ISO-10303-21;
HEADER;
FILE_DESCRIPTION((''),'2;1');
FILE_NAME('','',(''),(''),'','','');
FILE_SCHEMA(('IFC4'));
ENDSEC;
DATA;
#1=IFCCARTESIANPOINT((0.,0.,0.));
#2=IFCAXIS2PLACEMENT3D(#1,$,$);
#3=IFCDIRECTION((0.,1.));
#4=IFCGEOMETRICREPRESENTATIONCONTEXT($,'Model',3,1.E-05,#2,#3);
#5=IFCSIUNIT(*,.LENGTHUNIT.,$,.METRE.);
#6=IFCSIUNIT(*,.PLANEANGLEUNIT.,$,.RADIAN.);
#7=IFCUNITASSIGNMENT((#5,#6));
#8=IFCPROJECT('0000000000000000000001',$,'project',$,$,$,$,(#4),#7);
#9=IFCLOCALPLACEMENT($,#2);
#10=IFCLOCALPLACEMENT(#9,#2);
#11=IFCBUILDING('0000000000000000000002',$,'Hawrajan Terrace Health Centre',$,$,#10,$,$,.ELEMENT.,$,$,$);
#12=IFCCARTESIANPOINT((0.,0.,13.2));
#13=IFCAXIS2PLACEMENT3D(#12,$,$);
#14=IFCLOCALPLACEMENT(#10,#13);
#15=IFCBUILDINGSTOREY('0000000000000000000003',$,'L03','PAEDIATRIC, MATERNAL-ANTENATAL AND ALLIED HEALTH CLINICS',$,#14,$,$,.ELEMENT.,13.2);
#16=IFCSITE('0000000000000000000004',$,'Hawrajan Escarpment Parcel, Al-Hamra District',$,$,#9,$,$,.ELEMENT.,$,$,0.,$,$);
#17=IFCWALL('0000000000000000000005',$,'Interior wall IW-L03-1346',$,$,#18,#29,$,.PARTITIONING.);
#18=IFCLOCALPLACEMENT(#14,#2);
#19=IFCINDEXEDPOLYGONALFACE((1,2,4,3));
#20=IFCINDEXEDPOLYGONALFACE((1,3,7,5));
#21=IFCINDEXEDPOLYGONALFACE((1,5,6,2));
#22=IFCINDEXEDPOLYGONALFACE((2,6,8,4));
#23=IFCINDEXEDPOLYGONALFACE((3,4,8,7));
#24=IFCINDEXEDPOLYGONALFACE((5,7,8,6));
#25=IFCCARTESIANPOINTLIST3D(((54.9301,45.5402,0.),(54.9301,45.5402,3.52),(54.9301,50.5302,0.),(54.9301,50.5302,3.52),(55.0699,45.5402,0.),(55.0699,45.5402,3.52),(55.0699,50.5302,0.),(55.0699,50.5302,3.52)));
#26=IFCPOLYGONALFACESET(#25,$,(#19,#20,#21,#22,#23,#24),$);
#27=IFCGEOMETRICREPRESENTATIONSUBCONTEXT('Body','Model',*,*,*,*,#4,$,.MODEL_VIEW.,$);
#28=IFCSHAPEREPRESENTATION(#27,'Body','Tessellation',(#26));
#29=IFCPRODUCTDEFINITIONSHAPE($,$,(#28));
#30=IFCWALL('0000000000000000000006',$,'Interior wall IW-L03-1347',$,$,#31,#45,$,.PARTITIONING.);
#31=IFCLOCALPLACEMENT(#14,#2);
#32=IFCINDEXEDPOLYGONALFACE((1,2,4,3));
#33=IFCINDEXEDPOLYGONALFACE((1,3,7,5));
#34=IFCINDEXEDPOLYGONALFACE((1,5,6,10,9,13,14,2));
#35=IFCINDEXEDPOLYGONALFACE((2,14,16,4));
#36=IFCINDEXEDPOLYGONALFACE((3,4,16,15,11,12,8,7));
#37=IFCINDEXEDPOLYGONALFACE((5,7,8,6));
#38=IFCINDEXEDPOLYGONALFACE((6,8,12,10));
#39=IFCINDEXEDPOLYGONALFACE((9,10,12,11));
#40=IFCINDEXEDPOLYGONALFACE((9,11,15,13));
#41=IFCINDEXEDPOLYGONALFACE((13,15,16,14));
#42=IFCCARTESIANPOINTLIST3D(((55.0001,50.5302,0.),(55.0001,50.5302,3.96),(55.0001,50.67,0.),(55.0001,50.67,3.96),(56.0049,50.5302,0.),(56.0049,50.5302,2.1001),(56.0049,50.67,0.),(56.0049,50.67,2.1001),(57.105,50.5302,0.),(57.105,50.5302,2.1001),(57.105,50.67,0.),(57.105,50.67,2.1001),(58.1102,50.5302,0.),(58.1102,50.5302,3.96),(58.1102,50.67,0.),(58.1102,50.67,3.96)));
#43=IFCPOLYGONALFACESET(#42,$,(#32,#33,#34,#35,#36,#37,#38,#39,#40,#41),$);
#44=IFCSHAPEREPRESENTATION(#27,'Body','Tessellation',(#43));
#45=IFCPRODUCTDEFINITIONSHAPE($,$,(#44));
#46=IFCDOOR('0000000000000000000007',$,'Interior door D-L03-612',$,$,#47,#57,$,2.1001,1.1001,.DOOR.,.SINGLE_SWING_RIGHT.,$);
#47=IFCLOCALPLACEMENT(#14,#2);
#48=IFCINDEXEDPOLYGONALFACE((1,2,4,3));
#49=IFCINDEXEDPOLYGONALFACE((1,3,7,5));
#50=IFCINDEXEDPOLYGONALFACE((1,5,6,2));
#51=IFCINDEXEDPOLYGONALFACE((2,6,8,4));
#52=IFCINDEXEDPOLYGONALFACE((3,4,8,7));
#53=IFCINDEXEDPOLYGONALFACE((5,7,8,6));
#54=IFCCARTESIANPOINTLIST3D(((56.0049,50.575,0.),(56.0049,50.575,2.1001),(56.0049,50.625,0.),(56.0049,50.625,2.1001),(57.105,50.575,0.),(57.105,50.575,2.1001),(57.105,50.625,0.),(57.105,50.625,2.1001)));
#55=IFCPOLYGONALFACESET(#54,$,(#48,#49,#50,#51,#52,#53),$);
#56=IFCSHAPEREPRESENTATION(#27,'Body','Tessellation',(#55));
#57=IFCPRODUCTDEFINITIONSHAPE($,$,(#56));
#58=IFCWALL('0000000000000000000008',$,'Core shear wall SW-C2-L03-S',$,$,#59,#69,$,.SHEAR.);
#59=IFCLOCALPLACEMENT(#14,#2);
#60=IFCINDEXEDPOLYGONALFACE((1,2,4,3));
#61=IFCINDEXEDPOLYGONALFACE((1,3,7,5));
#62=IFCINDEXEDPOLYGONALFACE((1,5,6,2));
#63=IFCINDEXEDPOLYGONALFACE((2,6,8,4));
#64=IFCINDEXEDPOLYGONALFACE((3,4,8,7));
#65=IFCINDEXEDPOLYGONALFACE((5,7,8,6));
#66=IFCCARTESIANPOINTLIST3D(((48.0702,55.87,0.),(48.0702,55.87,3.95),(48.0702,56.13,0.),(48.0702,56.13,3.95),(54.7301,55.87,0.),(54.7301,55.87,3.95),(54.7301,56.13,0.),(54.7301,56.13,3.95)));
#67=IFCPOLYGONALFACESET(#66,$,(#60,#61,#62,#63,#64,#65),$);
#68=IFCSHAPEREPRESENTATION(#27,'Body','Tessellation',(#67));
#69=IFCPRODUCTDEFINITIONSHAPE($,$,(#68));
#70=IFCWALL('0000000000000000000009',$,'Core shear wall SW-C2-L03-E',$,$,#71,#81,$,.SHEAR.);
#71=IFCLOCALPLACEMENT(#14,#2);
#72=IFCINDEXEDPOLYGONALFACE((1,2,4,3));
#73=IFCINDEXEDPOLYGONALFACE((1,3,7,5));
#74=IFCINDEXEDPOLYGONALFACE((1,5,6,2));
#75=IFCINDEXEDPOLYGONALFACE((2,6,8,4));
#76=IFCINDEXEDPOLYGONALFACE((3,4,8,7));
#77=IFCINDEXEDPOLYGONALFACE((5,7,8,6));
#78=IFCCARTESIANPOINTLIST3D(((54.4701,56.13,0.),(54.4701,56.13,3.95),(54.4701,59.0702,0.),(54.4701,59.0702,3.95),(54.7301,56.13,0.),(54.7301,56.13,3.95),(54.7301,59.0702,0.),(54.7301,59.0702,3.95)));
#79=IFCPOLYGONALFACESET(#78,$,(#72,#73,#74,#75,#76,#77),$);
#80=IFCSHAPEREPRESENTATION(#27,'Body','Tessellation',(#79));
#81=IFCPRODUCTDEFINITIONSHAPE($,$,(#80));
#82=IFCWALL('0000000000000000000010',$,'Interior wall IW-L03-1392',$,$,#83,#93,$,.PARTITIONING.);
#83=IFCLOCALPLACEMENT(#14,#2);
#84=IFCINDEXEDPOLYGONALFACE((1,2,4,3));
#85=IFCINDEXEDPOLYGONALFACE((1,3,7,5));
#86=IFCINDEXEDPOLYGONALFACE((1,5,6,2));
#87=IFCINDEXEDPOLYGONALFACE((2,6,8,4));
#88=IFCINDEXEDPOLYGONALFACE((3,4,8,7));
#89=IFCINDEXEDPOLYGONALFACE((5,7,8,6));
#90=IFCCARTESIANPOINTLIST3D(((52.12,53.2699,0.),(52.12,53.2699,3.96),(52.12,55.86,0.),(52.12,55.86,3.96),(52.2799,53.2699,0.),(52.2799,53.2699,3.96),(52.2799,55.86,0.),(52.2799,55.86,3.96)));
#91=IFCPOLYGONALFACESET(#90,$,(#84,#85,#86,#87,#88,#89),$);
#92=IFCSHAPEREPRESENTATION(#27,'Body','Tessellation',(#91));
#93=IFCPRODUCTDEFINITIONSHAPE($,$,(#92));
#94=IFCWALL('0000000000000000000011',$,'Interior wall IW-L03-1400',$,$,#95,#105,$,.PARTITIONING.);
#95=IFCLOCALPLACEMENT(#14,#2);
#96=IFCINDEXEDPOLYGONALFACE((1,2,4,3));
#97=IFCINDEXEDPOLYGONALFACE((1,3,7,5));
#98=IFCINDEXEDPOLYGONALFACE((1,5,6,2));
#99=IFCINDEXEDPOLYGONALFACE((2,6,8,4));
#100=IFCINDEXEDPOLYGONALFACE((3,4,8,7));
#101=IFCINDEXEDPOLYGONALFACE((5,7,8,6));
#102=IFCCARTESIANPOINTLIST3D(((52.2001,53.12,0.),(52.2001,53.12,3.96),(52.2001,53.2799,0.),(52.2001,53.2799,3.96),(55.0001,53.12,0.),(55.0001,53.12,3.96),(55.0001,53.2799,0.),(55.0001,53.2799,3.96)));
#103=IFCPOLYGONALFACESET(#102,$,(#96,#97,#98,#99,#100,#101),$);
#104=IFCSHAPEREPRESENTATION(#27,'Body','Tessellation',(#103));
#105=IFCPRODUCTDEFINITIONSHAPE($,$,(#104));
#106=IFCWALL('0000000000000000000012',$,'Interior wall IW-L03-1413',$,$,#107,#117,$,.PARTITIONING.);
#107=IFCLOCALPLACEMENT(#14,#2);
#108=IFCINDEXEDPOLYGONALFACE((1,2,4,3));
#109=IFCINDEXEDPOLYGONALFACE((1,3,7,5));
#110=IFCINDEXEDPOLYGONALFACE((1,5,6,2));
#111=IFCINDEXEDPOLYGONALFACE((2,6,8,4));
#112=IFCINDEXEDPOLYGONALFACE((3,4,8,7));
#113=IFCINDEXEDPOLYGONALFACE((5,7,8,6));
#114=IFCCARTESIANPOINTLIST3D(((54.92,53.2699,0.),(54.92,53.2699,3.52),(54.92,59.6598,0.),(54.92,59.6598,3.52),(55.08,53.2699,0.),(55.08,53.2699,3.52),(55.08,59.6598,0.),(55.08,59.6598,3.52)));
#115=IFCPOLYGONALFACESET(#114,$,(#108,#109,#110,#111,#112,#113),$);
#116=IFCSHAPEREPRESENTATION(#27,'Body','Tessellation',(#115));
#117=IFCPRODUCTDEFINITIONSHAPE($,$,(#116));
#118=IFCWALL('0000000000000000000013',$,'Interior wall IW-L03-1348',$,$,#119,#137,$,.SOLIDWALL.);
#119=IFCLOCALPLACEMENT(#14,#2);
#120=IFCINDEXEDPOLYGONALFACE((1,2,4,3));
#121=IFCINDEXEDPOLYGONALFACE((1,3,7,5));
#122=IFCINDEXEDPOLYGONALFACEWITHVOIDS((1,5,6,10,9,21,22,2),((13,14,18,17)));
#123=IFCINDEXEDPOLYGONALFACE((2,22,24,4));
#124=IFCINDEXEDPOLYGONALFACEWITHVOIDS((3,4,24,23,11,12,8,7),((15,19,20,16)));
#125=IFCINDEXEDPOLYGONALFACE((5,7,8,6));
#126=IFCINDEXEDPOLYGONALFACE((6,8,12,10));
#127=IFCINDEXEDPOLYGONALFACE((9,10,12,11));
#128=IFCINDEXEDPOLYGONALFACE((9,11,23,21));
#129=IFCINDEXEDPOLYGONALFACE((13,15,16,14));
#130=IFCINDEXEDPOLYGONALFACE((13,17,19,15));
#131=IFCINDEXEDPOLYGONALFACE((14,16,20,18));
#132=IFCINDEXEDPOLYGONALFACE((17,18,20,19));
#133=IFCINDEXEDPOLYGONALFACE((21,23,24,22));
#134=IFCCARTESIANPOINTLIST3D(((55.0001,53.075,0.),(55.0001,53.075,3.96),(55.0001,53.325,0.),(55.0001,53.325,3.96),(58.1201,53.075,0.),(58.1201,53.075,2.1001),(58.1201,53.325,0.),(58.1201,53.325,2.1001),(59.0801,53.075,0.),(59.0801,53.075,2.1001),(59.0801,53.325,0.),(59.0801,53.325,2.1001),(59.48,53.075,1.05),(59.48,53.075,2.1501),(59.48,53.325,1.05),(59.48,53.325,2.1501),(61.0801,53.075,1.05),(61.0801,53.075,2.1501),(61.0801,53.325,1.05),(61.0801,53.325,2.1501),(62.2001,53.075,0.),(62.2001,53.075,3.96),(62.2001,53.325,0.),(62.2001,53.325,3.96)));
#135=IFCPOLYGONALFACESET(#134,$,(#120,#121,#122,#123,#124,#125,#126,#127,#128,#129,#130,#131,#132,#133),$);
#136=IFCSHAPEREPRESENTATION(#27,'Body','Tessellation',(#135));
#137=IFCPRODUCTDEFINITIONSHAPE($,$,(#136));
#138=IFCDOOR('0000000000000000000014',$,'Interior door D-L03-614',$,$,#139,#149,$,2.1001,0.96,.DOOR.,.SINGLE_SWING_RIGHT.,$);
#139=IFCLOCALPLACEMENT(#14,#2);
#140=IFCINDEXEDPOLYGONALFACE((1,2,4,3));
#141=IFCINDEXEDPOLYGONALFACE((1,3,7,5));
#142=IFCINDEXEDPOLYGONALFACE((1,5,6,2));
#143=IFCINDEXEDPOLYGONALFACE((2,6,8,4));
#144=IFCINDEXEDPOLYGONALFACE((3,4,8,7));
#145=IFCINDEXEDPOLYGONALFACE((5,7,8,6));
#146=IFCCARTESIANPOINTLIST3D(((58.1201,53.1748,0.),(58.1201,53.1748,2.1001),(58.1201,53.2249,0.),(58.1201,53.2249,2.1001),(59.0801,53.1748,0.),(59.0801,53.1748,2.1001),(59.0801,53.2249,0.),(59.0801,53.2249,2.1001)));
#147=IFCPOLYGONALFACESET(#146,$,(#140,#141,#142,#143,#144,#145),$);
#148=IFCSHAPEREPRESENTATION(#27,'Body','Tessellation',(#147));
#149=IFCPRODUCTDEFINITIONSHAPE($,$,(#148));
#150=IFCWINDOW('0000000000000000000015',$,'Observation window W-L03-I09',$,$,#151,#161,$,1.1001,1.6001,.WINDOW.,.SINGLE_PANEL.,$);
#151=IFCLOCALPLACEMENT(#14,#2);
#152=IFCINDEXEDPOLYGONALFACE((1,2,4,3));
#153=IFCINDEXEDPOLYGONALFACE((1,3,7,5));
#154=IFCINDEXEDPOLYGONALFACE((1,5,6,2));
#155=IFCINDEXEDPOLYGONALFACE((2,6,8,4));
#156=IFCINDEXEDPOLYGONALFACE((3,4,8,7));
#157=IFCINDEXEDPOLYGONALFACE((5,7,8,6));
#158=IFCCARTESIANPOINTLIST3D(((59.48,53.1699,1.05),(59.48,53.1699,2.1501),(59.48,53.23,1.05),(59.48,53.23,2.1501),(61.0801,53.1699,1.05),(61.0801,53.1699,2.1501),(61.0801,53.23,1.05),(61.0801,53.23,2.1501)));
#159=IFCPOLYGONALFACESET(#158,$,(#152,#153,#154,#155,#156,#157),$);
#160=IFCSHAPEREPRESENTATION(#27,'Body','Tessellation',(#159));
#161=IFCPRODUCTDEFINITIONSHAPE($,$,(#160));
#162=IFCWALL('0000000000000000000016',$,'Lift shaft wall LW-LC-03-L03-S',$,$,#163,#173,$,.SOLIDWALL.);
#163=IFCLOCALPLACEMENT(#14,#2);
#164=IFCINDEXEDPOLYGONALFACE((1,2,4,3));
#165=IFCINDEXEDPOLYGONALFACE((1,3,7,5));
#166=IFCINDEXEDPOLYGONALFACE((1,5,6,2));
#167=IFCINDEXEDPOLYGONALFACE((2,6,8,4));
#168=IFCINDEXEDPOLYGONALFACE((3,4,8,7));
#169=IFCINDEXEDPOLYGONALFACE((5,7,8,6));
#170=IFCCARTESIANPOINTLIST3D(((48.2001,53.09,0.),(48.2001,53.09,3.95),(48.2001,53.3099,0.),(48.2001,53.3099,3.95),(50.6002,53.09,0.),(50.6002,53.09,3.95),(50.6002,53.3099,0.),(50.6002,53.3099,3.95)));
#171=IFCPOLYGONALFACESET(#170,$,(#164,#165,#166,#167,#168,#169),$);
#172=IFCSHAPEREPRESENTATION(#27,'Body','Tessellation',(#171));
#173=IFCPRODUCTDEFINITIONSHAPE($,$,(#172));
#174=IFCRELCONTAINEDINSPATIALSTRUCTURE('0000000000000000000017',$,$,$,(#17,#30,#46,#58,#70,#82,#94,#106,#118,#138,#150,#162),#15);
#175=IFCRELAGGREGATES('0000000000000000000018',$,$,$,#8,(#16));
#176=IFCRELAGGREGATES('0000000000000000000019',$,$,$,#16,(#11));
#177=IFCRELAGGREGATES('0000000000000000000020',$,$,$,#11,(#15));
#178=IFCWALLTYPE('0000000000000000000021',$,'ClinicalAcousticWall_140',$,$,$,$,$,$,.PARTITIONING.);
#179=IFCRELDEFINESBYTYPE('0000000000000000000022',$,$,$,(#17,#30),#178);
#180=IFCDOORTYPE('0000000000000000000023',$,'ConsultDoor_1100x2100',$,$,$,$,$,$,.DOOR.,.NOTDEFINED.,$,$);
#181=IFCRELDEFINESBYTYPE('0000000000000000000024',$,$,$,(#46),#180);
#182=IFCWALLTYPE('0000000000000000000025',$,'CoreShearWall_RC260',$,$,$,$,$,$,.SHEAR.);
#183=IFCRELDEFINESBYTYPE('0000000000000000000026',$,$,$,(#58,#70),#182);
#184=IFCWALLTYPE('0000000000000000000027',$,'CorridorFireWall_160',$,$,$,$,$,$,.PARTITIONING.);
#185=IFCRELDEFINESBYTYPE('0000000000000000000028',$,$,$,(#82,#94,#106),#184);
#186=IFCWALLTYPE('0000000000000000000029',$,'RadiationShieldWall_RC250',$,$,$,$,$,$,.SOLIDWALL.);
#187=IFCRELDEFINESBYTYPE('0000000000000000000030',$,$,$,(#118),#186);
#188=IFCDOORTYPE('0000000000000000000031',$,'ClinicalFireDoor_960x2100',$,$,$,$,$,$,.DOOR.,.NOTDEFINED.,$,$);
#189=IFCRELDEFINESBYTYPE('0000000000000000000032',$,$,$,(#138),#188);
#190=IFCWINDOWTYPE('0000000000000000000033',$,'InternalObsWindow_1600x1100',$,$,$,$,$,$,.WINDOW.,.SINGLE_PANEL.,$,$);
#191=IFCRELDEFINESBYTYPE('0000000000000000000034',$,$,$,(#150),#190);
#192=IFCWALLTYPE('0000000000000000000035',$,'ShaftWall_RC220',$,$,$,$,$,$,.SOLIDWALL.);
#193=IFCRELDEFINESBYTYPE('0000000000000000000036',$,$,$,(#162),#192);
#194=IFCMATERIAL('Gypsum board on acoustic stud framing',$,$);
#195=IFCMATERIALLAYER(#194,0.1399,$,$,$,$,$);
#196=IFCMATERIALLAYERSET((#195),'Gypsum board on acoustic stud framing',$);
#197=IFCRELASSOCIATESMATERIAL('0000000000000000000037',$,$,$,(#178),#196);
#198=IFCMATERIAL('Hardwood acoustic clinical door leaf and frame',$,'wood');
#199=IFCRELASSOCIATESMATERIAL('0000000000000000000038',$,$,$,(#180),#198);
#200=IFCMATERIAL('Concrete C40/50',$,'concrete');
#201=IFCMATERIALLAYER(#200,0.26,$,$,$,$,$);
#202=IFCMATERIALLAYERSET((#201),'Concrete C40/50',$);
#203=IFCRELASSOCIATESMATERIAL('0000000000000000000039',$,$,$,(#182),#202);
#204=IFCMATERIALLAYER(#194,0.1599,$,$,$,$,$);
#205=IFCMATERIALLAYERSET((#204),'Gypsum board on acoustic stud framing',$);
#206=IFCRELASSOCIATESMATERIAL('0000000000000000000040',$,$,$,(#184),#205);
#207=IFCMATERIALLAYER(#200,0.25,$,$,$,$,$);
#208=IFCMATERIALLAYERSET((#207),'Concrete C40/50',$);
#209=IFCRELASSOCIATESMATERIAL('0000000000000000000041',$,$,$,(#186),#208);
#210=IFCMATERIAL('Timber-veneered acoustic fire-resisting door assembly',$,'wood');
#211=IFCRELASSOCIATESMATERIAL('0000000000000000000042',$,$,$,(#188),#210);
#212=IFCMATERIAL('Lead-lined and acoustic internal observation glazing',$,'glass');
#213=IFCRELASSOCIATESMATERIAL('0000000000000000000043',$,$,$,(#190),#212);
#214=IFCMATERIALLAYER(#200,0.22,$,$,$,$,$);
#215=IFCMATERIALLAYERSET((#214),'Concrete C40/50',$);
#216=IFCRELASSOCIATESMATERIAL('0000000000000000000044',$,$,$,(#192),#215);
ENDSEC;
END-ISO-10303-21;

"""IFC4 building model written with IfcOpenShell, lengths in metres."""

from ifc_helpers import new_model, si_unit, direction, frame, frame_2d, origin, place, context, subcontext, project, spatial, rectangle, extrude, material, layer, layer_set, type_object, element, fill, save


model = new_model("IFC4")

# Units and contexts
model_context = context("Model", 3, precision=1e-05, world=origin(), true_north=direction((0.0, 1.0)))
body_context = subcontext(model_context, "Body", "Model", "MODEL_VIEW")
ifc_project = project(units=[si_unit("LENGTHUNIT", "METRE"), si_unit("PLANEANGLEUNIT", "RADIAN")], contexts=[model_context])

# Site, building, storey
site_placement = place(None, origin())
site = spatial("IfcSite", under=ifc_project, at=site_placement, Name="Hawrajan Escarpment Parcel, Al-Hamra District", CompositionType="ELEMENT", RefElevation=0.0)
building_placement = place(site_placement, origin())
building = spatial("IfcBuilding", under=site, at=building_placement, Name="Hawrajan Terrace Health Centre", CompositionType="ELEMENT")
storey_placement = place(building_placement, frame((0.0, 0.0, 13.2)))
storey = spatial("IfcBuildingStorey", under=building, at=storey_placement, Name="L03", Description="PAEDIATRIC, MATERNAL-ANTENATAL AND ALLIED HEALTH CLINICS", CompositionType="ELEMENT", Elevation=13.2)

# Shared definitions
ifc_material_1 = material(Name="Gypsum board on acoustic stud framing")
ifc_layer_1 = layer(ifc_material_1, 0.1399)
ifc_layer_set_1 = layer_set([ifc_layer_1], Name="Gypsum board on acoustic stud framing")
wall_type_1 = type_object("IfcWallType", Name="ClinicalAcousticWall_140", PredefinedType="PARTITIONING", material=ifc_layer_set_1)
ifc_material_2 = material(Name="Hardwood acoustic clinical door leaf and frame", Category="wood")

# Wall
wall_1_placement = place(storey_placement, frame((55.0, 45.54, 0.0), z_axis=(0.0, 0.0, 1.0), x_axis=(0.0, 1.0, 0.0)))
element("IfcWall", 1, at=wall_1_placement, inside=storey, type_object=wall_type_1, Name="Interior wall IW-L03-1346", PredefinedType="PARTITIONING", context=body_context, shape_type="SweptSolid", body=[
    extrude(rectangle(XDim=4.99, YDim=0.1399, at=frame_2d((2.4951, 0.0))), origin(), (0.0, 0.0, 1.0), 3.52),
])

# Wall, opening, door
wall_2_placement = place(storey_placement, frame((55.0, 50.6001, 0.0), z_axis=(0.0, 0.0, 1.0), x_axis=(1.0, 0.0, 0.0)))
wall_2 = element("IfcWall", 2, at=wall_2_placement, inside=storey, type_object=wall_type_1, Name="Interior wall IW-L03-1347", PredefinedType="PARTITIONING", context=body_context, shape_type="SweptSolid", body=[
    extrude(rectangle(XDim=3.1101, YDim=0.1399, at=frame_2d((1.5552, 0.0))), origin(), (0.0, 0.0, 1.0), 3.96),
])
opening_1_placement = place(wall_2_placement, frame((1.0049, 0.0, 0.0)))
opening_1 = element("IfcOpeningElement", 3, at=opening_1_placement, cuts=wall_2, PredefinedType="OPENING", context=body_context, shape_type="SweptSolid", body=[
    extrude(rectangle(XDim=1.1001, YDim=2.1001, at=frame_2d((0.55, 1.05))), frame((0.0, 0.0798, 0.0), z_axis=(0.0, -1.0, 0.0), x_axis=(1.0, 0.0, 0.0)), (0.0, 0.0, 1.0), 0.1599),
])
door_type_1 = type_object("IfcDoorType", Name="ConsultDoor_1100x2100", OperationType="NOTDEFINED", PredefinedType="DOOR", material=ifc_material_2)
door_1_placement = place(opening_1_placement, origin())
door_1 = element("IfcDoor", 4, at=door_1_placement, inside=storey, type_object=door_type_1, Name="Interior door D-L03-612", OperationType="SINGLE_SWING_RIGHT", OverallHeight=2.1001, OverallWidth=1.1001, PredefinedType="DOOR", context=body_context, shape_type="SweptSolid", body=[
    extrude(rectangle(XDim=1.1001, YDim=2.1001, at=frame_2d((0.55, 1.05))), frame((0.0, 0.0249, 0.0), z_axis=(0.0, -1.0, 0.0), x_axis=(1.0, 0.0, 0.0)), (0.0, 0.0, 1.0), 0.05),
])
fill(opening_1, door_1)

# Wall
ifc_material_3 = material(Name="Concrete C40/50", Category="concrete")
ifc_layer_2 = layer(ifc_material_3, 0.26)
ifc_layer_set_2 = layer_set([ifc_layer_2], Name="Concrete C40/50")
wall_type_2 = type_object("IfcWallType", Name="CoreShearWall_RC260", PredefinedType="SHEAR", material=ifc_layer_set_2)
wall_3_placement = place(storey_placement, frame((48.0701, 56.0, 0.0), z_axis=(0.0, 0.0, 1.0), x_axis=(1.0, 0.0, 0.0)))
element("IfcWall", 5, at=wall_3_placement, inside=storey, type_object=wall_type_2, Name="Core shear wall SW-C2-L03-S", PredefinedType="SHEAR", context=body_context, shape_type="SweptSolid", body=[
    extrude(rectangle(XDim=6.6599, YDim=0.26, at=frame_2d((3.3301, 0.0))), origin(), (0.0, 0.0, 1.0), 3.95),
])

# Shared definitions
ifc_material_4 = material(Name="Timber-veneered acoustic fire-resisting door assembly", Category="wood")

# Walls
wall_4_placement = place(storey_placement, frame((54.6001, 56.1299, 0.0), z_axis=(0.0, 0.0, 1.0), x_axis=(0.0, 1.0, 0.0)))
element("IfcWall", 6, at=wall_4_placement, inside=storey, type_object=wall_type_2, Name="Core shear wall SW-C2-L03-E", PredefinedType="SHEAR", context=body_context, shape_type="SweptSolid", body=[
    extrude(rectangle(XDim=2.9402, YDim=0.26, at=frame_2d((1.4702, 0.0))), origin(), (0.0, 0.0, 1.0), 3.95),
])
ifc_layer_3 = layer(ifc_material_1, 0.1599)
ifc_layer_set_3 = layer_set([ifc_layer_3], Name="Gypsum board on acoustic stud framing")
wall_type_3 = type_object("IfcWallType", Name="CorridorFireWall_160", PredefinedType="PARTITIONING", material=ifc_layer_set_3)
wall_5_placement = place(storey_placement, frame((52.2, 53.27, 0.0), z_axis=(0.0, 0.0, 1.0), x_axis=(0.0, 1.0, 0.0)))
element("IfcWall", 7, at=wall_5_placement, inside=storey, type_object=wall_type_3, Name="Interior wall IW-L03-1392", PredefinedType="PARTITIONING", context=body_context, shape_type="SweptSolid", body=[
    extrude(rectangle(XDim=2.5901, YDim=0.1599, at=frame_2d((1.2949, 0.0))), origin(), (0.0, 0.0, 1.0), 3.96),
])
wall_6_placement = place(storey_placement, frame((55.0, 53.2, 0.0), z_axis=(0.0, 0.0, 1.0), x_axis=(-1.0, 0.0, 0.0)))
element("IfcWall", 8, at=wall_6_placement, inside=storey, type_object=wall_type_3, Name="Interior wall IW-L03-1400", PredefinedType="PARTITIONING", context=body_context, shape_type="SweptSolid", body=[
    extrude(rectangle(XDim=2.8, YDim=0.1599, at=frame_2d((1.3999, 0.0))), origin(), (0.0, 0.0, 1.0), 3.96),
])
wall_7_placement = place(storey_placement, frame((55.0, 53.27, 0.0), z_axis=(0.0, 0.0, 1.0), x_axis=(0.0, 1.0, 0.0)))
element("IfcWall", 9, at=wall_7_placement, inside=storey, type_object=wall_type_3, Name="Interior wall IW-L03-1413", PredefinedType="PARTITIONING", context=body_context, shape_type="SweptSolid", body=[
    extrude(rectangle(XDim=6.3899, YDim=0.1599, at=frame_2d((3.1948, 0.0))), origin(), (0.0, 0.0, 1.0), 3.52),
])

# Wall, openings, door, window
ifc_layer_4 = layer(ifc_material_3, 0.25)
ifc_layer_set_4 = layer_set([ifc_layer_4], Name="Concrete C40/50")
wall_type_4 = type_object("IfcWallType", Name="RadiationShieldWall_RC250", PredefinedType="SOLIDWALL", material=ifc_layer_set_4)
wall_8_placement = place(storey_placement, frame((55.0, 53.2, 0.0), z_axis=(0.0, 0.0, 1.0), x_axis=(1.0, 0.0, 0.0)))
wall_8 = element("IfcWall", 10, at=wall_8_placement, inside=storey, type_object=wall_type_4, Name="Interior wall IW-L03-1348", PredefinedType="SOLIDWALL", context=body_context, shape_type="SweptSolid", body=[
    extrude(rectangle(XDim=7.2, YDim=0.25, at=frame_2d((3.6001, 0.0))), origin(), (0.0, 0.0, 1.0), 3.96),
])
opening_2_placement = place(wall_8_placement, frame((3.1201, 0.0, 0.0)))
opening_2 = element("IfcOpeningElement", 11, at=opening_2_placement, cuts=wall_8, PredefinedType="OPENING", context=body_context, shape_type="SweptSolid", body=[
    extrude(rectangle(XDim=0.96, YDim=2.1001, at=frame_2d((0.48, 1.05))), frame((0.0, 0.135, 0.0), z_axis=(0.0, -1.0, 0.0), x_axis=(1.0, 0.0, 0.0)), (0.0, 0.0, 1.0), 0.27),
])
opening_3_placement = place(wall_8_placement, frame((4.48, 0.0, 1.05)))
opening_3 = element("IfcOpeningElement", 12, at=opening_3_placement, cuts=wall_8, PredefinedType="OPENING", context=body_context, shape_type="SweptSolid", body=[
    extrude(rectangle(XDim=1.6001, YDim=1.1001, at=frame_2d((0.8, 0.55))), frame((0.0, 0.135, 0.0), z_axis=(0.0, -1.0, 0.0), x_axis=(1.0, 0.0, 0.0)), (0.0, 0.0, 1.0), 0.27),
])
door_type_2 = type_object("IfcDoorType", Name="ClinicalFireDoor_960x2100", OperationType="NOTDEFINED", PredefinedType="DOOR", material=ifc_material_4)
door_2_placement = place(opening_2_placement, origin())
door_2 = element("IfcDoor", 13, at=door_2_placement, inside=storey, type_object=door_type_2, Name="Interior door D-L03-614", OperationType="SINGLE_SWING_RIGHT", OverallHeight=2.1001, OverallWidth=0.96, PredefinedType="DOOR", context=body_context, shape_type="SweptSolid", body=[
    extrude(rectangle(XDim=0.96, YDim=2.1001, at=frame_2d((0.48, 1.05))), frame((0.0, 0.0249, 0.0), z_axis=(0.0, -1.0, 0.0), x_axis=(1.0, 0.0, 0.0)), (0.0, 0.0, 1.0), 0.05),
])
fill(opening_2, door_2)
ifc_material_5 = material(Name="Lead-lined and acoustic internal observation glazing", Category="glass")
window_type = type_object("IfcWindowType", Name="InternalObsWindow_1600x1100", PartitioningType="SINGLE_PANEL", PredefinedType="WINDOW", material=ifc_material_5)
window_placement = place(opening_3_placement, origin())
window = element("IfcWindow", 14, at=window_placement, inside=storey, type_object=window_type, Name="Observation window W-L03-I09", OverallHeight=1.1001, OverallWidth=1.6001, PartitioningType="SINGLE_PANEL", PredefinedType="WINDOW", context=body_context, shape_type="SweptSolid", body=[
    extrude(rectangle(XDim=1.6001, YDim=1.1001, at=frame_2d((0.8, 0.55))), frame((0.0, 0.03, 0.0), z_axis=(0.0, -1.0, 0.0), x_axis=(1.0, 0.0, 0.0)), (0.0, 0.0, 1.0), 0.0601),
])
fill(opening_3, window)

# Wall
ifc_layer_5 = layer(ifc_material_3, 0.22)
ifc_layer_set_5 = layer_set([ifc_layer_5], Name="Concrete C40/50")
wall_type_5 = type_object("IfcWallType", Name="ShaftWall_RC220", PredefinedType="SOLIDWALL", material=ifc_layer_set_5)
wall_9_placement = place(storey_placement, frame((48.2, 53.2, 0.0), z_axis=(0.0, 0.0, 1.0), x_axis=(1.0, 0.0, 0.0)))
element("IfcWall", 15, at=wall_9_placement, inside=storey, type_object=wall_type_5, Name="Lift shaft wall LW-LC-03-L03-S", PredefinedType="SOLIDWALL", context=body_context, shape_type="SweptSolid", body=[
    extrude(rectangle(XDim=2.4001, YDim=0.22, at=frame_2d((1.2002, 0.0))), origin(), (0.0, 0.0, 1.0), 3.95),
])

save(model, "model.ifc")
